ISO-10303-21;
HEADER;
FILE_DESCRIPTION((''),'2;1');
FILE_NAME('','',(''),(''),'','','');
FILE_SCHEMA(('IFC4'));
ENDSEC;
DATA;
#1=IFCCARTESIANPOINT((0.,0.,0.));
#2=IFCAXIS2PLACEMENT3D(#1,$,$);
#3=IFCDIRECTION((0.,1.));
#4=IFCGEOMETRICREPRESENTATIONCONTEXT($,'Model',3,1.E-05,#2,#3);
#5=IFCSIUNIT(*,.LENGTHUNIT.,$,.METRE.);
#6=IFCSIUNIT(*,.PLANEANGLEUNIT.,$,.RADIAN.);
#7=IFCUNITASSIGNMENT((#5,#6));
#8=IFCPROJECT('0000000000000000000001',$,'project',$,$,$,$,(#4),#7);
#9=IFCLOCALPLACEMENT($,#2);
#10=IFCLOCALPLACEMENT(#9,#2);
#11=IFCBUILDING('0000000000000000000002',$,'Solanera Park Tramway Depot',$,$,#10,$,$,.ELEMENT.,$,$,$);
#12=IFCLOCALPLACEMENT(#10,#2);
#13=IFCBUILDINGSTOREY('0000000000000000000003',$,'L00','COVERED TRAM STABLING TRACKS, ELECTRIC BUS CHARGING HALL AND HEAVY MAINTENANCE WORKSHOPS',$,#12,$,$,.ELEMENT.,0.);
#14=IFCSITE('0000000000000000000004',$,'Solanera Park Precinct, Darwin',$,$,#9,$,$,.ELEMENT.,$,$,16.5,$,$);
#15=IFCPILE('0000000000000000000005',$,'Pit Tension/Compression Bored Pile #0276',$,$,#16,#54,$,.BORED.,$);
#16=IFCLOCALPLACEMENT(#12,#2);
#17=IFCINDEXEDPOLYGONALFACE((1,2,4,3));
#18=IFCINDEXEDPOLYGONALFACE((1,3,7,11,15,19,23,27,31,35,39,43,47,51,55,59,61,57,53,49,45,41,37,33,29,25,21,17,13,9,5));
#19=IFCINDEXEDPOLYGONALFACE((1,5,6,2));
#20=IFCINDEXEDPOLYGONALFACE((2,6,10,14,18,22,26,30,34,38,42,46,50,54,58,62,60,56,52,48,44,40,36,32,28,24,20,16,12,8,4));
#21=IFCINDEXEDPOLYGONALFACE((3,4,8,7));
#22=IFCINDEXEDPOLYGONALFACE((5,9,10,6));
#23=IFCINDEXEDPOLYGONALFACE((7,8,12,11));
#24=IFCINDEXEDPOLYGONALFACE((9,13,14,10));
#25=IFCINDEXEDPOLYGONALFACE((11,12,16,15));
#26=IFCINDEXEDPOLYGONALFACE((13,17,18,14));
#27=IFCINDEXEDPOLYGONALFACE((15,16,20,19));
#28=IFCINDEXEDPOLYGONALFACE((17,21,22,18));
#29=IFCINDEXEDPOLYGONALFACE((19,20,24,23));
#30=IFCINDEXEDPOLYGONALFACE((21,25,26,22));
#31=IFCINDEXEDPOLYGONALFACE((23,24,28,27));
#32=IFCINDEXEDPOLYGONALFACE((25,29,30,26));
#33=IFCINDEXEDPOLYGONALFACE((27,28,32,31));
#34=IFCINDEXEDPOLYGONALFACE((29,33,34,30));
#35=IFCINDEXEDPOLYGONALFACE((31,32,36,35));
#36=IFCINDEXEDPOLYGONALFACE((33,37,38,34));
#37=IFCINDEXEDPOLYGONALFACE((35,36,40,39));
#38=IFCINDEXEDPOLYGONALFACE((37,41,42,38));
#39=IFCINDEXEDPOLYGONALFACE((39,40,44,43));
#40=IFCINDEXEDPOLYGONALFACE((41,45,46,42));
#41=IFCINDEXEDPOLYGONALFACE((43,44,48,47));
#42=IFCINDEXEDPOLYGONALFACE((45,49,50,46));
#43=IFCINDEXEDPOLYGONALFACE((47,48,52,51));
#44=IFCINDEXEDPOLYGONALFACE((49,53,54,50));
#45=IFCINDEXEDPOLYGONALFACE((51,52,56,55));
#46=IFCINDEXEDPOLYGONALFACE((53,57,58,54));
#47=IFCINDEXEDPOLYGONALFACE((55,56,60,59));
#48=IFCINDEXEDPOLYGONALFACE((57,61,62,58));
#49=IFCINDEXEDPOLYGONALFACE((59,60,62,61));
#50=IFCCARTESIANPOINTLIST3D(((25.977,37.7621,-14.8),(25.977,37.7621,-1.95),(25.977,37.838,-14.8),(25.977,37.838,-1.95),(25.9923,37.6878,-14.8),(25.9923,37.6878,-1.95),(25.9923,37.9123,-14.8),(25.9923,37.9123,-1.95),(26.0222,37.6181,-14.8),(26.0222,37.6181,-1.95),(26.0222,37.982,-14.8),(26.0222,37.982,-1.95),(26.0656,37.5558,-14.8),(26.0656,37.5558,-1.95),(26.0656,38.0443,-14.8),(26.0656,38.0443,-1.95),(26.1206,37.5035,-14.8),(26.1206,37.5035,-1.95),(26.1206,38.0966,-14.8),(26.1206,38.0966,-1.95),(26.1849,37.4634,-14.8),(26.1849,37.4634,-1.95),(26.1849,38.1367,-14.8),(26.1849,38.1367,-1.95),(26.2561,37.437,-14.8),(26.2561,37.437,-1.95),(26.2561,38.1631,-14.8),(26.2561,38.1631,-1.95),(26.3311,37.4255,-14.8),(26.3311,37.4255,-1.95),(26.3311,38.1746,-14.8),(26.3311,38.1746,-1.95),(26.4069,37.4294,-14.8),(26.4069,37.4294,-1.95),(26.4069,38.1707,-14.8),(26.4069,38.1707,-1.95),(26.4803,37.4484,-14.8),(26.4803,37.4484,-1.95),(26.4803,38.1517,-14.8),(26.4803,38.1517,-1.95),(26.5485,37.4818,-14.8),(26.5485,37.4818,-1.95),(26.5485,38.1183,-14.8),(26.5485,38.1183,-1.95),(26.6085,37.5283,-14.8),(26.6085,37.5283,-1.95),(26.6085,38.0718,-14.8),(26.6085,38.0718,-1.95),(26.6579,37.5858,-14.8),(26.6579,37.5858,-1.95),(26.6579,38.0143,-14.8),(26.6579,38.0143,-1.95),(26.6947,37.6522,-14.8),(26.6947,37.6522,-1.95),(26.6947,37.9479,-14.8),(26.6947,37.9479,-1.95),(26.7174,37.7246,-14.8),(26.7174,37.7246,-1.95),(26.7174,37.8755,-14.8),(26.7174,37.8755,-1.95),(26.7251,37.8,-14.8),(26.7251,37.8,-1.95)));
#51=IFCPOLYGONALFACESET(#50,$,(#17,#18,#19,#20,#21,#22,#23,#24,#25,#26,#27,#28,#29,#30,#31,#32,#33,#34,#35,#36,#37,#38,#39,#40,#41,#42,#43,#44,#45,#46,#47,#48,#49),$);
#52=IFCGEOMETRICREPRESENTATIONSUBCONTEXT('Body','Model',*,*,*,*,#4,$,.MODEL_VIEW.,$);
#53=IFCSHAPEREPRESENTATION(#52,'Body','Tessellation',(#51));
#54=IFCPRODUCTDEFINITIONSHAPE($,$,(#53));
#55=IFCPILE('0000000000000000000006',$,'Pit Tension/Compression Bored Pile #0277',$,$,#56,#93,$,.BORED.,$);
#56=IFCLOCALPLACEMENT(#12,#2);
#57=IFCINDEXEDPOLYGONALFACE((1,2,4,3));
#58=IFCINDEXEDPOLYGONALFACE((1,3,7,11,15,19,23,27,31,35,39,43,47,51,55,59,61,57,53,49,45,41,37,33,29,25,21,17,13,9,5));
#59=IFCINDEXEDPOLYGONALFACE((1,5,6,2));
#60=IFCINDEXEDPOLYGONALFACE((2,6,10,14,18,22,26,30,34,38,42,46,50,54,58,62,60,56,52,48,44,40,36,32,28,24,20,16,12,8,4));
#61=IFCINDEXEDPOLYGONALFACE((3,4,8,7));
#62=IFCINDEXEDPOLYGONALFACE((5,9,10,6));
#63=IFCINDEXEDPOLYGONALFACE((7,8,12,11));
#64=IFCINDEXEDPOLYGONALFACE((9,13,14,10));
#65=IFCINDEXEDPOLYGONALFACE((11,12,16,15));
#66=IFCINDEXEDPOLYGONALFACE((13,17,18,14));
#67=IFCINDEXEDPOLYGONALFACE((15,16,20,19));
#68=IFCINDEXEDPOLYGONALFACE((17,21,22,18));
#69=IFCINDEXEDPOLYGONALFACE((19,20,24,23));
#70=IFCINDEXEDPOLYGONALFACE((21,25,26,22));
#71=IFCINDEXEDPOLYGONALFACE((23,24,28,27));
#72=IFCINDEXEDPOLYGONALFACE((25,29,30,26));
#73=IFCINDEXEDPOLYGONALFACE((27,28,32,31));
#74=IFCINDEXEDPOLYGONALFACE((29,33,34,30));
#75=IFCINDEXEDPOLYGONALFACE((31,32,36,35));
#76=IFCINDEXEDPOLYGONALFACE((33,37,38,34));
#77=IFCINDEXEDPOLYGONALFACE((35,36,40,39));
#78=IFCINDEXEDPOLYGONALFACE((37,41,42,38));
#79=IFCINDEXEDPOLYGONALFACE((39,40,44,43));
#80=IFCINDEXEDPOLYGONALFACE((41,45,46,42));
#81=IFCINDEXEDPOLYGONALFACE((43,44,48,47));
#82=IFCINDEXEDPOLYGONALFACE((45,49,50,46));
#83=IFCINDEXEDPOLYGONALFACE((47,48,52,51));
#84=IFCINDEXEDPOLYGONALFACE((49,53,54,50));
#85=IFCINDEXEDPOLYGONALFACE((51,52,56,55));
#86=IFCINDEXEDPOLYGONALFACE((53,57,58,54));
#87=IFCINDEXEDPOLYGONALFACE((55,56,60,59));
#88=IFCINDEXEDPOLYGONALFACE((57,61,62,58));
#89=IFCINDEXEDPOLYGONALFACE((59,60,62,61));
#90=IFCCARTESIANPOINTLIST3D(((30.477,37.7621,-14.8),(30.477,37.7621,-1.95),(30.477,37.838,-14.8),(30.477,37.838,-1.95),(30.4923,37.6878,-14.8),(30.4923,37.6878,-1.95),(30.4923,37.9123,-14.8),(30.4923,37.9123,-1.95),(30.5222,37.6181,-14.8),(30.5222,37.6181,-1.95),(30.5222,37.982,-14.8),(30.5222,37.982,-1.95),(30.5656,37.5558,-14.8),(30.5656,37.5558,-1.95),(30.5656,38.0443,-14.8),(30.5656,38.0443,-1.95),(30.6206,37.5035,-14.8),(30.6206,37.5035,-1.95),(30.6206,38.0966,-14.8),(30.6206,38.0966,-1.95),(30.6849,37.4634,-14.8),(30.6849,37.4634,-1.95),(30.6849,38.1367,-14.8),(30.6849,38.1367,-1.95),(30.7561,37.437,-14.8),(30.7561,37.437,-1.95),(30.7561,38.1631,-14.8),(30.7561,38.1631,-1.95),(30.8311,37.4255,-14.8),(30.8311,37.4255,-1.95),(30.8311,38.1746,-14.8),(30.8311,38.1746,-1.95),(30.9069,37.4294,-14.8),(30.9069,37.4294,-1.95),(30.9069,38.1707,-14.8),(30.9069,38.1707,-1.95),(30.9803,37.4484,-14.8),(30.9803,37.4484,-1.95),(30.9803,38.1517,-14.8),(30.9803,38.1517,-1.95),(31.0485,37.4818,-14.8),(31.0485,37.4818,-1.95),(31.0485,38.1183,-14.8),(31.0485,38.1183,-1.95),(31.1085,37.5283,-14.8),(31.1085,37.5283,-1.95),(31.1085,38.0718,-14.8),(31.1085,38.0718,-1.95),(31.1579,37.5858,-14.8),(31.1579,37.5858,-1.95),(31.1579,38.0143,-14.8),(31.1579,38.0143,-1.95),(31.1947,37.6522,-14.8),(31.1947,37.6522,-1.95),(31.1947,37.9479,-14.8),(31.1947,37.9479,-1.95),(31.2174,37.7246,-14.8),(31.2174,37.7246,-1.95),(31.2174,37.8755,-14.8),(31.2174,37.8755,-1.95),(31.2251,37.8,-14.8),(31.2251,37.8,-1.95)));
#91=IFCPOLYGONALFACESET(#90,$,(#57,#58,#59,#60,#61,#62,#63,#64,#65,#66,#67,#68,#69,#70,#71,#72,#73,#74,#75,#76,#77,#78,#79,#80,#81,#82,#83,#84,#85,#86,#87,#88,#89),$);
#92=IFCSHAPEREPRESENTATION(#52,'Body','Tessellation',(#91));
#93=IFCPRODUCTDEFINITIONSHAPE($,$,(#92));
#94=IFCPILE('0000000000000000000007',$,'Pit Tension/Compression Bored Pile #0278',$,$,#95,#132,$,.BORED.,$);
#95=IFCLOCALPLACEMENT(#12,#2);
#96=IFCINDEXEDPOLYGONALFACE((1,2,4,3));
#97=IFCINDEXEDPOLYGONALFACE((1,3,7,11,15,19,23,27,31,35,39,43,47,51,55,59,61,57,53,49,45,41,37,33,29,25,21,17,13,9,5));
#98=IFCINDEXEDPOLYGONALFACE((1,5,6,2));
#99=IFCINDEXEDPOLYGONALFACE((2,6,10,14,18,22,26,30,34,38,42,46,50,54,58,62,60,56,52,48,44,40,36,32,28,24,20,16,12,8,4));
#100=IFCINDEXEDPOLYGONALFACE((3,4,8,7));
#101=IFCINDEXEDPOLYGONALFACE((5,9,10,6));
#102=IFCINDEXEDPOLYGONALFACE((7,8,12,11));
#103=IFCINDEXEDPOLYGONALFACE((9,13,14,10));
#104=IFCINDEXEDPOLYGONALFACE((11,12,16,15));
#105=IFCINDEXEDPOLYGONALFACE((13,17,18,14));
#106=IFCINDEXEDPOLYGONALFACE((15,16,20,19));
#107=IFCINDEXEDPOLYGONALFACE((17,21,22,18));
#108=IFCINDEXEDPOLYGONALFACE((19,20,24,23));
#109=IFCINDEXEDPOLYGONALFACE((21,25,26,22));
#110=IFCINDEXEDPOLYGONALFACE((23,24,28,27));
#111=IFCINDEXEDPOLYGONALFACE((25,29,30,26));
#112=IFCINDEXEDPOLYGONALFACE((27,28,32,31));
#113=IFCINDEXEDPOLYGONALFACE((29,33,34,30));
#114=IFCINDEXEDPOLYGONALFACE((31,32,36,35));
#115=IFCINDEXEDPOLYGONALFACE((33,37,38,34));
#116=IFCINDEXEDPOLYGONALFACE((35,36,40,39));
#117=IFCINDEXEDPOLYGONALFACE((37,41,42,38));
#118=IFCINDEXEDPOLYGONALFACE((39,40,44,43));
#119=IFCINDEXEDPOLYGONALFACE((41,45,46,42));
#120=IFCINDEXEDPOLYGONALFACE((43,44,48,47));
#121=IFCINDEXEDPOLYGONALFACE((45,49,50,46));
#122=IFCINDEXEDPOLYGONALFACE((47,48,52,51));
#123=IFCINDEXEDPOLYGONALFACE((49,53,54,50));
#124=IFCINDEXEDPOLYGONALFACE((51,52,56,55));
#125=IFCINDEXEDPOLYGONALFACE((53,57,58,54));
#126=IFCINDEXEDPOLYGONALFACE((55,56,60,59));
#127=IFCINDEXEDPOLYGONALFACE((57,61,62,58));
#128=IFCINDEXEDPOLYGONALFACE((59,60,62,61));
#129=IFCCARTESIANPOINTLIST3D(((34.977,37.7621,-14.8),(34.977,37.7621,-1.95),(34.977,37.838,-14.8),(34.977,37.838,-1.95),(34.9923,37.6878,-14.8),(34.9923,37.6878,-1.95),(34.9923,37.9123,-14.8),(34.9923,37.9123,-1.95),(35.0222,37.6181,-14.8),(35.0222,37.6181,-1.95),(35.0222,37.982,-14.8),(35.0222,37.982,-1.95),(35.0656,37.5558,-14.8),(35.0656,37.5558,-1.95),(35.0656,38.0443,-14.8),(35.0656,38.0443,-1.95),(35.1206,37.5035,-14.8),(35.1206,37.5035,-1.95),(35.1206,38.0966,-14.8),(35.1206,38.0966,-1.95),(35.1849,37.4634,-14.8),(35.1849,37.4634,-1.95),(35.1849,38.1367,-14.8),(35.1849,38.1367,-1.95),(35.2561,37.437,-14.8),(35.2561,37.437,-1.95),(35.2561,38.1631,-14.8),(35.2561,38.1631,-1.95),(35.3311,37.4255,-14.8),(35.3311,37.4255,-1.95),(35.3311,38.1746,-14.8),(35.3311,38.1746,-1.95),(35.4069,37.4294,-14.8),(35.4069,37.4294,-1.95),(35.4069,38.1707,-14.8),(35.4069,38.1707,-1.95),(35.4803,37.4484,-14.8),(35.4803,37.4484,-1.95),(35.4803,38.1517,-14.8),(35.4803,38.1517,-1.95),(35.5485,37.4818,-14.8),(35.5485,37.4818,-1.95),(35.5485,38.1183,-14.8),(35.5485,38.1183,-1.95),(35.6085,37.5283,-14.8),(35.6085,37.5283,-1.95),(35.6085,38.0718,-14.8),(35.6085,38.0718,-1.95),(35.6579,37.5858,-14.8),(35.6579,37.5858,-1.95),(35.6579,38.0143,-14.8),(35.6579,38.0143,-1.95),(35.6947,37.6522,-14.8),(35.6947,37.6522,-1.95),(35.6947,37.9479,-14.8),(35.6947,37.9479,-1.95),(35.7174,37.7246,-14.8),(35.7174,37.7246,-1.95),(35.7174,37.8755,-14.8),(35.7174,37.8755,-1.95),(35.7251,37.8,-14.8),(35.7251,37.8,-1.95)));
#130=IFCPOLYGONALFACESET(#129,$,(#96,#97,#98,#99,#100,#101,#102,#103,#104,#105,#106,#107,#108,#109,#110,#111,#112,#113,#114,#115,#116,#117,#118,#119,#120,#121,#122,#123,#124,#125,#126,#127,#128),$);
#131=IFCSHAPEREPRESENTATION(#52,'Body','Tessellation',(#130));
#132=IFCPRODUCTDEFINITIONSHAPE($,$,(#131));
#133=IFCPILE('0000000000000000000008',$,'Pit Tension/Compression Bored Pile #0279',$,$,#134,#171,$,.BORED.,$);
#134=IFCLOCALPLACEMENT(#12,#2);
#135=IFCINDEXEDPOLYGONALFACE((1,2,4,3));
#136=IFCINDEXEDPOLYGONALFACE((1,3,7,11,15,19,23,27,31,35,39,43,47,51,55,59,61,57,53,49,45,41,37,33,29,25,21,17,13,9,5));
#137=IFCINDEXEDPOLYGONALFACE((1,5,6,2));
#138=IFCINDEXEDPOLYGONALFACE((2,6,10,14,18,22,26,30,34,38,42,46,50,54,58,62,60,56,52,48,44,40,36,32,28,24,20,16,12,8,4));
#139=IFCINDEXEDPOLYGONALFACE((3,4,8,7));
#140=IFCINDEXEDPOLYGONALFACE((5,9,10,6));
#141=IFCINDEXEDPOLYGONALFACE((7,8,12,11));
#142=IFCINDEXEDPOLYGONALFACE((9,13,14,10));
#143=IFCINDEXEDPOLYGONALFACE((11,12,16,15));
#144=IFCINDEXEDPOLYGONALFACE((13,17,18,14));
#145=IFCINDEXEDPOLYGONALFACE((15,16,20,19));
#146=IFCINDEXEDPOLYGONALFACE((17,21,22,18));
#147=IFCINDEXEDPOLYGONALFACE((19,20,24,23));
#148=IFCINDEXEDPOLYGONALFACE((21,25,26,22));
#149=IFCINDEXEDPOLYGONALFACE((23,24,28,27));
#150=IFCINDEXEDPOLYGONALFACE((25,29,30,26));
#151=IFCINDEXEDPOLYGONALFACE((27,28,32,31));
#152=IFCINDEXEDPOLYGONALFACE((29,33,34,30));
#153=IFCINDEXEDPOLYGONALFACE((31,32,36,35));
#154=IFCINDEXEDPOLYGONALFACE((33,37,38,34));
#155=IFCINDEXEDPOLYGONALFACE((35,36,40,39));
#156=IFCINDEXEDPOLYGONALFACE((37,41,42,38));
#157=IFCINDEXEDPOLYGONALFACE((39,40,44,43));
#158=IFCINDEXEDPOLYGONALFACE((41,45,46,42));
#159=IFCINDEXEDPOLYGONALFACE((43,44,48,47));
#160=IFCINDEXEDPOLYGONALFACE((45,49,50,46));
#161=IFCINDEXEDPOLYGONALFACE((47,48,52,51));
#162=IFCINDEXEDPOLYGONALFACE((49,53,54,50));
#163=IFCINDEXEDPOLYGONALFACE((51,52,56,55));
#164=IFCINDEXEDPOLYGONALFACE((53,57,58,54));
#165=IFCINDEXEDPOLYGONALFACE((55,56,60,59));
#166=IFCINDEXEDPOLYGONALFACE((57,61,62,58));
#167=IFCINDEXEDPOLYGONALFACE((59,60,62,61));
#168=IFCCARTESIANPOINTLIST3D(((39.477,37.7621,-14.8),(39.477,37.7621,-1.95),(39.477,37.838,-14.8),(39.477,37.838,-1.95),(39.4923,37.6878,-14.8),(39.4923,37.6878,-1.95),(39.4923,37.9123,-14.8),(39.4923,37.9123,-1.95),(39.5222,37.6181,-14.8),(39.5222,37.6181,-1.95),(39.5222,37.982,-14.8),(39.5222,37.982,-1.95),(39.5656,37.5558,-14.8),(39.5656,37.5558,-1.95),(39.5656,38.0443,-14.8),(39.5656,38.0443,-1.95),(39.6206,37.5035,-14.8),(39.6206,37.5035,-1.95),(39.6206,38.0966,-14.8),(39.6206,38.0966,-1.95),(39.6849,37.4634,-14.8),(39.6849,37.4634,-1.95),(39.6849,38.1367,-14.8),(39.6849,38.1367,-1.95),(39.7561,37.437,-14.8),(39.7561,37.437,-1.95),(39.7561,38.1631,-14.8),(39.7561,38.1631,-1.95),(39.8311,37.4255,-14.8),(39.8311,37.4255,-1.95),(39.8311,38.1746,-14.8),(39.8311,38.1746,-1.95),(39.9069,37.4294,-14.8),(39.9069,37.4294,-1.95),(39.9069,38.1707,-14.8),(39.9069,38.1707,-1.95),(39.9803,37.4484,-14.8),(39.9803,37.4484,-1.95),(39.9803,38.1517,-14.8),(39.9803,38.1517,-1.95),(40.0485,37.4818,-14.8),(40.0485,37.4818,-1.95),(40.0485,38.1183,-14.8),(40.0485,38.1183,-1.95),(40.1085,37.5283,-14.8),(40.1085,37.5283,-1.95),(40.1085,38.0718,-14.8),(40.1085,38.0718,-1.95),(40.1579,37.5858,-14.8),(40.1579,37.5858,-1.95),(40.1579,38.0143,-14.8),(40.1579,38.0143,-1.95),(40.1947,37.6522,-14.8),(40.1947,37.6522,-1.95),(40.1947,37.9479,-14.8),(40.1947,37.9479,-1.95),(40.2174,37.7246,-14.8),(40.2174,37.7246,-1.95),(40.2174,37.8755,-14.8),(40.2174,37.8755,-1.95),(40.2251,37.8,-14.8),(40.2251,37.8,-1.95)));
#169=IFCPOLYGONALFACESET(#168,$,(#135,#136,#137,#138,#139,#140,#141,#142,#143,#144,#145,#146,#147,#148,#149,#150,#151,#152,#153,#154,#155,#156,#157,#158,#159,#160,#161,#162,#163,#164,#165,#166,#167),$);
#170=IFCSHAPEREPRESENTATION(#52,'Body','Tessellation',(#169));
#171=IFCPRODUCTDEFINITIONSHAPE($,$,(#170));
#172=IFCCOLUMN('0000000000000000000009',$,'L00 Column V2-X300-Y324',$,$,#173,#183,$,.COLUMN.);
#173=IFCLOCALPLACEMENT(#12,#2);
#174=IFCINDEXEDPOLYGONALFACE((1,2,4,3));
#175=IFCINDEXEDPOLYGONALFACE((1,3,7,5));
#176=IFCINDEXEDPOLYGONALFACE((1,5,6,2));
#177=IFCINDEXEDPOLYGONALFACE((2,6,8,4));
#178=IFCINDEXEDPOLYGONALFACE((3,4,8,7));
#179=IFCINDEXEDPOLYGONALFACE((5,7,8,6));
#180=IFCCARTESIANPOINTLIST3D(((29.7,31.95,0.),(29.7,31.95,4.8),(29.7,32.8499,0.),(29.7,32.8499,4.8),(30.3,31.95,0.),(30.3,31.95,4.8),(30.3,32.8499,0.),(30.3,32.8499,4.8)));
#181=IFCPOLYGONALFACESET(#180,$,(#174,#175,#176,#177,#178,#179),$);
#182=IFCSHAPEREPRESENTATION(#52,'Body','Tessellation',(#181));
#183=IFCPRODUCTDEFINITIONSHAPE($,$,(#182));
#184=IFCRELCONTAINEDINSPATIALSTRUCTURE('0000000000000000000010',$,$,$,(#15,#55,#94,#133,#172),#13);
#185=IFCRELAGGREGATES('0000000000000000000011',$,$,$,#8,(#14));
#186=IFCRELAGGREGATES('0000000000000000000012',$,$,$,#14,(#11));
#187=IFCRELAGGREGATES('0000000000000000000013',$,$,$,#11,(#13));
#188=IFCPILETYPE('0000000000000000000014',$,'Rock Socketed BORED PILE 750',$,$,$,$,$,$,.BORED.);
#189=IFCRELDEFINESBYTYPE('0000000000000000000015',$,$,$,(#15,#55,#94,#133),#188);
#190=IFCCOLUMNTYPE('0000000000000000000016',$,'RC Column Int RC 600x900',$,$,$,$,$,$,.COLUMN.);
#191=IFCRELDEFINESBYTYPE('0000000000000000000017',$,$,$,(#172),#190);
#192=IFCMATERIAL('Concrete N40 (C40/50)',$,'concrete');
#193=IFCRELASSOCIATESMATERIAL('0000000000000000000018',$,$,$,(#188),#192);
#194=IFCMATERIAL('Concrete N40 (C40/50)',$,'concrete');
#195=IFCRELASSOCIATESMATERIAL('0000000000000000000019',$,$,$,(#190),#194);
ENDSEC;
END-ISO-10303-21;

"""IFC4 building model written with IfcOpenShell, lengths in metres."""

from ifc_helpers import new_model, si_unit, direction, frame, origin, origin_2d, place, context, subcontext, project, spatial, rectangle, circle, extrude, material, material_profile, profile_set, type_object, element, save


model = new_model("IFC4")

# Units and contexts
model_context = context("Model", 3, precision=1e-05, world=origin(), true_north=direction((0.0, 1.0)))
body_context = subcontext(model_context, "Body", "Model", "MODEL_VIEW")
ifc_project = project(units=[si_unit("LENGTHUNIT", "METRE"), si_unit("PLANEANGLEUNIT", "RADIAN")], contexts=[model_context])

# Site, building, storey
site_placement = place(None, origin())
site = spatial("IfcSite", under=ifc_project, at=site_placement, Name="Solanera Park Precinct, Darwin", CompositionType="ELEMENT", RefElevation=16.5)
building_placement = place(site_placement, origin())
building = spatial("IfcBuilding", under=site, at=building_placement, Name="Solanera Park Tramway Depot", CompositionType="ELEMENT")
storey_placement = place(building_placement, origin())
storey = spatial("IfcBuildingStorey", under=building, at=storey_placement, Name="L00", Description="COVERED TRAM STABLING TRACKS, ELECTRIC BUS CHARGING HALL AND HEAVY MAINTENANCE WORKSHOPS", CompositionType="ELEMENT", Elevation=0.0)

# Piles
ifc_material_1 = material(Name="Concrete N40 (C40/50)", Category="concrete")
ifc_material_profile_1 = material_profile(ifc_material_1, circle(Radius=0.375, at=origin_2d()), Name="BORED PILE 750")
ifc_profile_set_1 = profile_set([ifc_material_profile_1], Name="Concrete N40 (C40/50)")
pile_type = type_object("IfcPileType", Name="Rock Socketed BORED PILE 750", PredefinedType="BORED", material=ifc_profile_set_1)
for number, where, z_axis, x_axis, name in (
    (1, (26.3501, 37.8, -1.95), (0.0, 0.0, -1.0), (1.0, 0.0, 0.0), "Pit Tension/Compression Bored Pile #0276"),
    (2, (30.8501, 37.8, -1.95), (0.0, 0.0, -1.0), (1.0, 0.0, 0.0), "Pit Tension/Compression Bored Pile #0277"),
    (3, (35.3501, 37.8, -1.95), (0.0, 0.0, -1.0), (1.0, 0.0, 0.0), "Pit Tension/Compression Bored Pile #0278"),
    (4, (39.8501, 37.8, -1.95), (0.0, 0.0, -1.0), (1.0, 0.0, 0.0), "Pit Tension/Compression Bored Pile #0279"),
):
    element("IfcPile", number, at=place(storey_placement, frame(where, z_axis=z_axis, x_axis=x_axis)), inside=storey, type_object=pile_type, Name=name, PredefinedType="BORED", context=body_context, shape_type="SweptSolid", body=[
        extrude(circle(Radius=0.375, at=origin_2d()), origin(), (0.0, 0.0, 1.0), 12.8501),
    ])

# Column
ifc_material_2 = material(Name="Concrete N40 (C40/50)", Category="concrete")
ifc_material_profile_2 = material_profile(ifc_material_2, rectangle(XDim=0.6001, YDim=0.8999, at=origin_2d()), Name="RC 600x900")
ifc_profile_set_2 = profile_set([ifc_material_profile_2], Name="Concrete N40 (C40/50)")
column_type_1 = type_object("IfcColumnType", Name="RC Column Int RC 600x900", PredefinedType="COLUMN", material=ifc_profile_set_2)
column_1_placement = place(storey_placement, frame((30.0, 32.3999, 0.0), z_axis=(0.0, 0.0, 1.0), x_axis=(1.0, 0.0, 0.0)))
element("IfcColumn", 5, at=column_1_placement, inside=storey, type_object=column_type_1, Name="L00 Column V2-X300-Y324", PredefinedType="COLUMN", context=body_context, shape_type="SweptSolid", body=[
    extrude(rectangle(XDim=0.6001, YDim=0.8999, at=origin_2d()), origin(), (0.0, 0.0, 1.0), 4.8),
])

save(model, "model.ifc")
